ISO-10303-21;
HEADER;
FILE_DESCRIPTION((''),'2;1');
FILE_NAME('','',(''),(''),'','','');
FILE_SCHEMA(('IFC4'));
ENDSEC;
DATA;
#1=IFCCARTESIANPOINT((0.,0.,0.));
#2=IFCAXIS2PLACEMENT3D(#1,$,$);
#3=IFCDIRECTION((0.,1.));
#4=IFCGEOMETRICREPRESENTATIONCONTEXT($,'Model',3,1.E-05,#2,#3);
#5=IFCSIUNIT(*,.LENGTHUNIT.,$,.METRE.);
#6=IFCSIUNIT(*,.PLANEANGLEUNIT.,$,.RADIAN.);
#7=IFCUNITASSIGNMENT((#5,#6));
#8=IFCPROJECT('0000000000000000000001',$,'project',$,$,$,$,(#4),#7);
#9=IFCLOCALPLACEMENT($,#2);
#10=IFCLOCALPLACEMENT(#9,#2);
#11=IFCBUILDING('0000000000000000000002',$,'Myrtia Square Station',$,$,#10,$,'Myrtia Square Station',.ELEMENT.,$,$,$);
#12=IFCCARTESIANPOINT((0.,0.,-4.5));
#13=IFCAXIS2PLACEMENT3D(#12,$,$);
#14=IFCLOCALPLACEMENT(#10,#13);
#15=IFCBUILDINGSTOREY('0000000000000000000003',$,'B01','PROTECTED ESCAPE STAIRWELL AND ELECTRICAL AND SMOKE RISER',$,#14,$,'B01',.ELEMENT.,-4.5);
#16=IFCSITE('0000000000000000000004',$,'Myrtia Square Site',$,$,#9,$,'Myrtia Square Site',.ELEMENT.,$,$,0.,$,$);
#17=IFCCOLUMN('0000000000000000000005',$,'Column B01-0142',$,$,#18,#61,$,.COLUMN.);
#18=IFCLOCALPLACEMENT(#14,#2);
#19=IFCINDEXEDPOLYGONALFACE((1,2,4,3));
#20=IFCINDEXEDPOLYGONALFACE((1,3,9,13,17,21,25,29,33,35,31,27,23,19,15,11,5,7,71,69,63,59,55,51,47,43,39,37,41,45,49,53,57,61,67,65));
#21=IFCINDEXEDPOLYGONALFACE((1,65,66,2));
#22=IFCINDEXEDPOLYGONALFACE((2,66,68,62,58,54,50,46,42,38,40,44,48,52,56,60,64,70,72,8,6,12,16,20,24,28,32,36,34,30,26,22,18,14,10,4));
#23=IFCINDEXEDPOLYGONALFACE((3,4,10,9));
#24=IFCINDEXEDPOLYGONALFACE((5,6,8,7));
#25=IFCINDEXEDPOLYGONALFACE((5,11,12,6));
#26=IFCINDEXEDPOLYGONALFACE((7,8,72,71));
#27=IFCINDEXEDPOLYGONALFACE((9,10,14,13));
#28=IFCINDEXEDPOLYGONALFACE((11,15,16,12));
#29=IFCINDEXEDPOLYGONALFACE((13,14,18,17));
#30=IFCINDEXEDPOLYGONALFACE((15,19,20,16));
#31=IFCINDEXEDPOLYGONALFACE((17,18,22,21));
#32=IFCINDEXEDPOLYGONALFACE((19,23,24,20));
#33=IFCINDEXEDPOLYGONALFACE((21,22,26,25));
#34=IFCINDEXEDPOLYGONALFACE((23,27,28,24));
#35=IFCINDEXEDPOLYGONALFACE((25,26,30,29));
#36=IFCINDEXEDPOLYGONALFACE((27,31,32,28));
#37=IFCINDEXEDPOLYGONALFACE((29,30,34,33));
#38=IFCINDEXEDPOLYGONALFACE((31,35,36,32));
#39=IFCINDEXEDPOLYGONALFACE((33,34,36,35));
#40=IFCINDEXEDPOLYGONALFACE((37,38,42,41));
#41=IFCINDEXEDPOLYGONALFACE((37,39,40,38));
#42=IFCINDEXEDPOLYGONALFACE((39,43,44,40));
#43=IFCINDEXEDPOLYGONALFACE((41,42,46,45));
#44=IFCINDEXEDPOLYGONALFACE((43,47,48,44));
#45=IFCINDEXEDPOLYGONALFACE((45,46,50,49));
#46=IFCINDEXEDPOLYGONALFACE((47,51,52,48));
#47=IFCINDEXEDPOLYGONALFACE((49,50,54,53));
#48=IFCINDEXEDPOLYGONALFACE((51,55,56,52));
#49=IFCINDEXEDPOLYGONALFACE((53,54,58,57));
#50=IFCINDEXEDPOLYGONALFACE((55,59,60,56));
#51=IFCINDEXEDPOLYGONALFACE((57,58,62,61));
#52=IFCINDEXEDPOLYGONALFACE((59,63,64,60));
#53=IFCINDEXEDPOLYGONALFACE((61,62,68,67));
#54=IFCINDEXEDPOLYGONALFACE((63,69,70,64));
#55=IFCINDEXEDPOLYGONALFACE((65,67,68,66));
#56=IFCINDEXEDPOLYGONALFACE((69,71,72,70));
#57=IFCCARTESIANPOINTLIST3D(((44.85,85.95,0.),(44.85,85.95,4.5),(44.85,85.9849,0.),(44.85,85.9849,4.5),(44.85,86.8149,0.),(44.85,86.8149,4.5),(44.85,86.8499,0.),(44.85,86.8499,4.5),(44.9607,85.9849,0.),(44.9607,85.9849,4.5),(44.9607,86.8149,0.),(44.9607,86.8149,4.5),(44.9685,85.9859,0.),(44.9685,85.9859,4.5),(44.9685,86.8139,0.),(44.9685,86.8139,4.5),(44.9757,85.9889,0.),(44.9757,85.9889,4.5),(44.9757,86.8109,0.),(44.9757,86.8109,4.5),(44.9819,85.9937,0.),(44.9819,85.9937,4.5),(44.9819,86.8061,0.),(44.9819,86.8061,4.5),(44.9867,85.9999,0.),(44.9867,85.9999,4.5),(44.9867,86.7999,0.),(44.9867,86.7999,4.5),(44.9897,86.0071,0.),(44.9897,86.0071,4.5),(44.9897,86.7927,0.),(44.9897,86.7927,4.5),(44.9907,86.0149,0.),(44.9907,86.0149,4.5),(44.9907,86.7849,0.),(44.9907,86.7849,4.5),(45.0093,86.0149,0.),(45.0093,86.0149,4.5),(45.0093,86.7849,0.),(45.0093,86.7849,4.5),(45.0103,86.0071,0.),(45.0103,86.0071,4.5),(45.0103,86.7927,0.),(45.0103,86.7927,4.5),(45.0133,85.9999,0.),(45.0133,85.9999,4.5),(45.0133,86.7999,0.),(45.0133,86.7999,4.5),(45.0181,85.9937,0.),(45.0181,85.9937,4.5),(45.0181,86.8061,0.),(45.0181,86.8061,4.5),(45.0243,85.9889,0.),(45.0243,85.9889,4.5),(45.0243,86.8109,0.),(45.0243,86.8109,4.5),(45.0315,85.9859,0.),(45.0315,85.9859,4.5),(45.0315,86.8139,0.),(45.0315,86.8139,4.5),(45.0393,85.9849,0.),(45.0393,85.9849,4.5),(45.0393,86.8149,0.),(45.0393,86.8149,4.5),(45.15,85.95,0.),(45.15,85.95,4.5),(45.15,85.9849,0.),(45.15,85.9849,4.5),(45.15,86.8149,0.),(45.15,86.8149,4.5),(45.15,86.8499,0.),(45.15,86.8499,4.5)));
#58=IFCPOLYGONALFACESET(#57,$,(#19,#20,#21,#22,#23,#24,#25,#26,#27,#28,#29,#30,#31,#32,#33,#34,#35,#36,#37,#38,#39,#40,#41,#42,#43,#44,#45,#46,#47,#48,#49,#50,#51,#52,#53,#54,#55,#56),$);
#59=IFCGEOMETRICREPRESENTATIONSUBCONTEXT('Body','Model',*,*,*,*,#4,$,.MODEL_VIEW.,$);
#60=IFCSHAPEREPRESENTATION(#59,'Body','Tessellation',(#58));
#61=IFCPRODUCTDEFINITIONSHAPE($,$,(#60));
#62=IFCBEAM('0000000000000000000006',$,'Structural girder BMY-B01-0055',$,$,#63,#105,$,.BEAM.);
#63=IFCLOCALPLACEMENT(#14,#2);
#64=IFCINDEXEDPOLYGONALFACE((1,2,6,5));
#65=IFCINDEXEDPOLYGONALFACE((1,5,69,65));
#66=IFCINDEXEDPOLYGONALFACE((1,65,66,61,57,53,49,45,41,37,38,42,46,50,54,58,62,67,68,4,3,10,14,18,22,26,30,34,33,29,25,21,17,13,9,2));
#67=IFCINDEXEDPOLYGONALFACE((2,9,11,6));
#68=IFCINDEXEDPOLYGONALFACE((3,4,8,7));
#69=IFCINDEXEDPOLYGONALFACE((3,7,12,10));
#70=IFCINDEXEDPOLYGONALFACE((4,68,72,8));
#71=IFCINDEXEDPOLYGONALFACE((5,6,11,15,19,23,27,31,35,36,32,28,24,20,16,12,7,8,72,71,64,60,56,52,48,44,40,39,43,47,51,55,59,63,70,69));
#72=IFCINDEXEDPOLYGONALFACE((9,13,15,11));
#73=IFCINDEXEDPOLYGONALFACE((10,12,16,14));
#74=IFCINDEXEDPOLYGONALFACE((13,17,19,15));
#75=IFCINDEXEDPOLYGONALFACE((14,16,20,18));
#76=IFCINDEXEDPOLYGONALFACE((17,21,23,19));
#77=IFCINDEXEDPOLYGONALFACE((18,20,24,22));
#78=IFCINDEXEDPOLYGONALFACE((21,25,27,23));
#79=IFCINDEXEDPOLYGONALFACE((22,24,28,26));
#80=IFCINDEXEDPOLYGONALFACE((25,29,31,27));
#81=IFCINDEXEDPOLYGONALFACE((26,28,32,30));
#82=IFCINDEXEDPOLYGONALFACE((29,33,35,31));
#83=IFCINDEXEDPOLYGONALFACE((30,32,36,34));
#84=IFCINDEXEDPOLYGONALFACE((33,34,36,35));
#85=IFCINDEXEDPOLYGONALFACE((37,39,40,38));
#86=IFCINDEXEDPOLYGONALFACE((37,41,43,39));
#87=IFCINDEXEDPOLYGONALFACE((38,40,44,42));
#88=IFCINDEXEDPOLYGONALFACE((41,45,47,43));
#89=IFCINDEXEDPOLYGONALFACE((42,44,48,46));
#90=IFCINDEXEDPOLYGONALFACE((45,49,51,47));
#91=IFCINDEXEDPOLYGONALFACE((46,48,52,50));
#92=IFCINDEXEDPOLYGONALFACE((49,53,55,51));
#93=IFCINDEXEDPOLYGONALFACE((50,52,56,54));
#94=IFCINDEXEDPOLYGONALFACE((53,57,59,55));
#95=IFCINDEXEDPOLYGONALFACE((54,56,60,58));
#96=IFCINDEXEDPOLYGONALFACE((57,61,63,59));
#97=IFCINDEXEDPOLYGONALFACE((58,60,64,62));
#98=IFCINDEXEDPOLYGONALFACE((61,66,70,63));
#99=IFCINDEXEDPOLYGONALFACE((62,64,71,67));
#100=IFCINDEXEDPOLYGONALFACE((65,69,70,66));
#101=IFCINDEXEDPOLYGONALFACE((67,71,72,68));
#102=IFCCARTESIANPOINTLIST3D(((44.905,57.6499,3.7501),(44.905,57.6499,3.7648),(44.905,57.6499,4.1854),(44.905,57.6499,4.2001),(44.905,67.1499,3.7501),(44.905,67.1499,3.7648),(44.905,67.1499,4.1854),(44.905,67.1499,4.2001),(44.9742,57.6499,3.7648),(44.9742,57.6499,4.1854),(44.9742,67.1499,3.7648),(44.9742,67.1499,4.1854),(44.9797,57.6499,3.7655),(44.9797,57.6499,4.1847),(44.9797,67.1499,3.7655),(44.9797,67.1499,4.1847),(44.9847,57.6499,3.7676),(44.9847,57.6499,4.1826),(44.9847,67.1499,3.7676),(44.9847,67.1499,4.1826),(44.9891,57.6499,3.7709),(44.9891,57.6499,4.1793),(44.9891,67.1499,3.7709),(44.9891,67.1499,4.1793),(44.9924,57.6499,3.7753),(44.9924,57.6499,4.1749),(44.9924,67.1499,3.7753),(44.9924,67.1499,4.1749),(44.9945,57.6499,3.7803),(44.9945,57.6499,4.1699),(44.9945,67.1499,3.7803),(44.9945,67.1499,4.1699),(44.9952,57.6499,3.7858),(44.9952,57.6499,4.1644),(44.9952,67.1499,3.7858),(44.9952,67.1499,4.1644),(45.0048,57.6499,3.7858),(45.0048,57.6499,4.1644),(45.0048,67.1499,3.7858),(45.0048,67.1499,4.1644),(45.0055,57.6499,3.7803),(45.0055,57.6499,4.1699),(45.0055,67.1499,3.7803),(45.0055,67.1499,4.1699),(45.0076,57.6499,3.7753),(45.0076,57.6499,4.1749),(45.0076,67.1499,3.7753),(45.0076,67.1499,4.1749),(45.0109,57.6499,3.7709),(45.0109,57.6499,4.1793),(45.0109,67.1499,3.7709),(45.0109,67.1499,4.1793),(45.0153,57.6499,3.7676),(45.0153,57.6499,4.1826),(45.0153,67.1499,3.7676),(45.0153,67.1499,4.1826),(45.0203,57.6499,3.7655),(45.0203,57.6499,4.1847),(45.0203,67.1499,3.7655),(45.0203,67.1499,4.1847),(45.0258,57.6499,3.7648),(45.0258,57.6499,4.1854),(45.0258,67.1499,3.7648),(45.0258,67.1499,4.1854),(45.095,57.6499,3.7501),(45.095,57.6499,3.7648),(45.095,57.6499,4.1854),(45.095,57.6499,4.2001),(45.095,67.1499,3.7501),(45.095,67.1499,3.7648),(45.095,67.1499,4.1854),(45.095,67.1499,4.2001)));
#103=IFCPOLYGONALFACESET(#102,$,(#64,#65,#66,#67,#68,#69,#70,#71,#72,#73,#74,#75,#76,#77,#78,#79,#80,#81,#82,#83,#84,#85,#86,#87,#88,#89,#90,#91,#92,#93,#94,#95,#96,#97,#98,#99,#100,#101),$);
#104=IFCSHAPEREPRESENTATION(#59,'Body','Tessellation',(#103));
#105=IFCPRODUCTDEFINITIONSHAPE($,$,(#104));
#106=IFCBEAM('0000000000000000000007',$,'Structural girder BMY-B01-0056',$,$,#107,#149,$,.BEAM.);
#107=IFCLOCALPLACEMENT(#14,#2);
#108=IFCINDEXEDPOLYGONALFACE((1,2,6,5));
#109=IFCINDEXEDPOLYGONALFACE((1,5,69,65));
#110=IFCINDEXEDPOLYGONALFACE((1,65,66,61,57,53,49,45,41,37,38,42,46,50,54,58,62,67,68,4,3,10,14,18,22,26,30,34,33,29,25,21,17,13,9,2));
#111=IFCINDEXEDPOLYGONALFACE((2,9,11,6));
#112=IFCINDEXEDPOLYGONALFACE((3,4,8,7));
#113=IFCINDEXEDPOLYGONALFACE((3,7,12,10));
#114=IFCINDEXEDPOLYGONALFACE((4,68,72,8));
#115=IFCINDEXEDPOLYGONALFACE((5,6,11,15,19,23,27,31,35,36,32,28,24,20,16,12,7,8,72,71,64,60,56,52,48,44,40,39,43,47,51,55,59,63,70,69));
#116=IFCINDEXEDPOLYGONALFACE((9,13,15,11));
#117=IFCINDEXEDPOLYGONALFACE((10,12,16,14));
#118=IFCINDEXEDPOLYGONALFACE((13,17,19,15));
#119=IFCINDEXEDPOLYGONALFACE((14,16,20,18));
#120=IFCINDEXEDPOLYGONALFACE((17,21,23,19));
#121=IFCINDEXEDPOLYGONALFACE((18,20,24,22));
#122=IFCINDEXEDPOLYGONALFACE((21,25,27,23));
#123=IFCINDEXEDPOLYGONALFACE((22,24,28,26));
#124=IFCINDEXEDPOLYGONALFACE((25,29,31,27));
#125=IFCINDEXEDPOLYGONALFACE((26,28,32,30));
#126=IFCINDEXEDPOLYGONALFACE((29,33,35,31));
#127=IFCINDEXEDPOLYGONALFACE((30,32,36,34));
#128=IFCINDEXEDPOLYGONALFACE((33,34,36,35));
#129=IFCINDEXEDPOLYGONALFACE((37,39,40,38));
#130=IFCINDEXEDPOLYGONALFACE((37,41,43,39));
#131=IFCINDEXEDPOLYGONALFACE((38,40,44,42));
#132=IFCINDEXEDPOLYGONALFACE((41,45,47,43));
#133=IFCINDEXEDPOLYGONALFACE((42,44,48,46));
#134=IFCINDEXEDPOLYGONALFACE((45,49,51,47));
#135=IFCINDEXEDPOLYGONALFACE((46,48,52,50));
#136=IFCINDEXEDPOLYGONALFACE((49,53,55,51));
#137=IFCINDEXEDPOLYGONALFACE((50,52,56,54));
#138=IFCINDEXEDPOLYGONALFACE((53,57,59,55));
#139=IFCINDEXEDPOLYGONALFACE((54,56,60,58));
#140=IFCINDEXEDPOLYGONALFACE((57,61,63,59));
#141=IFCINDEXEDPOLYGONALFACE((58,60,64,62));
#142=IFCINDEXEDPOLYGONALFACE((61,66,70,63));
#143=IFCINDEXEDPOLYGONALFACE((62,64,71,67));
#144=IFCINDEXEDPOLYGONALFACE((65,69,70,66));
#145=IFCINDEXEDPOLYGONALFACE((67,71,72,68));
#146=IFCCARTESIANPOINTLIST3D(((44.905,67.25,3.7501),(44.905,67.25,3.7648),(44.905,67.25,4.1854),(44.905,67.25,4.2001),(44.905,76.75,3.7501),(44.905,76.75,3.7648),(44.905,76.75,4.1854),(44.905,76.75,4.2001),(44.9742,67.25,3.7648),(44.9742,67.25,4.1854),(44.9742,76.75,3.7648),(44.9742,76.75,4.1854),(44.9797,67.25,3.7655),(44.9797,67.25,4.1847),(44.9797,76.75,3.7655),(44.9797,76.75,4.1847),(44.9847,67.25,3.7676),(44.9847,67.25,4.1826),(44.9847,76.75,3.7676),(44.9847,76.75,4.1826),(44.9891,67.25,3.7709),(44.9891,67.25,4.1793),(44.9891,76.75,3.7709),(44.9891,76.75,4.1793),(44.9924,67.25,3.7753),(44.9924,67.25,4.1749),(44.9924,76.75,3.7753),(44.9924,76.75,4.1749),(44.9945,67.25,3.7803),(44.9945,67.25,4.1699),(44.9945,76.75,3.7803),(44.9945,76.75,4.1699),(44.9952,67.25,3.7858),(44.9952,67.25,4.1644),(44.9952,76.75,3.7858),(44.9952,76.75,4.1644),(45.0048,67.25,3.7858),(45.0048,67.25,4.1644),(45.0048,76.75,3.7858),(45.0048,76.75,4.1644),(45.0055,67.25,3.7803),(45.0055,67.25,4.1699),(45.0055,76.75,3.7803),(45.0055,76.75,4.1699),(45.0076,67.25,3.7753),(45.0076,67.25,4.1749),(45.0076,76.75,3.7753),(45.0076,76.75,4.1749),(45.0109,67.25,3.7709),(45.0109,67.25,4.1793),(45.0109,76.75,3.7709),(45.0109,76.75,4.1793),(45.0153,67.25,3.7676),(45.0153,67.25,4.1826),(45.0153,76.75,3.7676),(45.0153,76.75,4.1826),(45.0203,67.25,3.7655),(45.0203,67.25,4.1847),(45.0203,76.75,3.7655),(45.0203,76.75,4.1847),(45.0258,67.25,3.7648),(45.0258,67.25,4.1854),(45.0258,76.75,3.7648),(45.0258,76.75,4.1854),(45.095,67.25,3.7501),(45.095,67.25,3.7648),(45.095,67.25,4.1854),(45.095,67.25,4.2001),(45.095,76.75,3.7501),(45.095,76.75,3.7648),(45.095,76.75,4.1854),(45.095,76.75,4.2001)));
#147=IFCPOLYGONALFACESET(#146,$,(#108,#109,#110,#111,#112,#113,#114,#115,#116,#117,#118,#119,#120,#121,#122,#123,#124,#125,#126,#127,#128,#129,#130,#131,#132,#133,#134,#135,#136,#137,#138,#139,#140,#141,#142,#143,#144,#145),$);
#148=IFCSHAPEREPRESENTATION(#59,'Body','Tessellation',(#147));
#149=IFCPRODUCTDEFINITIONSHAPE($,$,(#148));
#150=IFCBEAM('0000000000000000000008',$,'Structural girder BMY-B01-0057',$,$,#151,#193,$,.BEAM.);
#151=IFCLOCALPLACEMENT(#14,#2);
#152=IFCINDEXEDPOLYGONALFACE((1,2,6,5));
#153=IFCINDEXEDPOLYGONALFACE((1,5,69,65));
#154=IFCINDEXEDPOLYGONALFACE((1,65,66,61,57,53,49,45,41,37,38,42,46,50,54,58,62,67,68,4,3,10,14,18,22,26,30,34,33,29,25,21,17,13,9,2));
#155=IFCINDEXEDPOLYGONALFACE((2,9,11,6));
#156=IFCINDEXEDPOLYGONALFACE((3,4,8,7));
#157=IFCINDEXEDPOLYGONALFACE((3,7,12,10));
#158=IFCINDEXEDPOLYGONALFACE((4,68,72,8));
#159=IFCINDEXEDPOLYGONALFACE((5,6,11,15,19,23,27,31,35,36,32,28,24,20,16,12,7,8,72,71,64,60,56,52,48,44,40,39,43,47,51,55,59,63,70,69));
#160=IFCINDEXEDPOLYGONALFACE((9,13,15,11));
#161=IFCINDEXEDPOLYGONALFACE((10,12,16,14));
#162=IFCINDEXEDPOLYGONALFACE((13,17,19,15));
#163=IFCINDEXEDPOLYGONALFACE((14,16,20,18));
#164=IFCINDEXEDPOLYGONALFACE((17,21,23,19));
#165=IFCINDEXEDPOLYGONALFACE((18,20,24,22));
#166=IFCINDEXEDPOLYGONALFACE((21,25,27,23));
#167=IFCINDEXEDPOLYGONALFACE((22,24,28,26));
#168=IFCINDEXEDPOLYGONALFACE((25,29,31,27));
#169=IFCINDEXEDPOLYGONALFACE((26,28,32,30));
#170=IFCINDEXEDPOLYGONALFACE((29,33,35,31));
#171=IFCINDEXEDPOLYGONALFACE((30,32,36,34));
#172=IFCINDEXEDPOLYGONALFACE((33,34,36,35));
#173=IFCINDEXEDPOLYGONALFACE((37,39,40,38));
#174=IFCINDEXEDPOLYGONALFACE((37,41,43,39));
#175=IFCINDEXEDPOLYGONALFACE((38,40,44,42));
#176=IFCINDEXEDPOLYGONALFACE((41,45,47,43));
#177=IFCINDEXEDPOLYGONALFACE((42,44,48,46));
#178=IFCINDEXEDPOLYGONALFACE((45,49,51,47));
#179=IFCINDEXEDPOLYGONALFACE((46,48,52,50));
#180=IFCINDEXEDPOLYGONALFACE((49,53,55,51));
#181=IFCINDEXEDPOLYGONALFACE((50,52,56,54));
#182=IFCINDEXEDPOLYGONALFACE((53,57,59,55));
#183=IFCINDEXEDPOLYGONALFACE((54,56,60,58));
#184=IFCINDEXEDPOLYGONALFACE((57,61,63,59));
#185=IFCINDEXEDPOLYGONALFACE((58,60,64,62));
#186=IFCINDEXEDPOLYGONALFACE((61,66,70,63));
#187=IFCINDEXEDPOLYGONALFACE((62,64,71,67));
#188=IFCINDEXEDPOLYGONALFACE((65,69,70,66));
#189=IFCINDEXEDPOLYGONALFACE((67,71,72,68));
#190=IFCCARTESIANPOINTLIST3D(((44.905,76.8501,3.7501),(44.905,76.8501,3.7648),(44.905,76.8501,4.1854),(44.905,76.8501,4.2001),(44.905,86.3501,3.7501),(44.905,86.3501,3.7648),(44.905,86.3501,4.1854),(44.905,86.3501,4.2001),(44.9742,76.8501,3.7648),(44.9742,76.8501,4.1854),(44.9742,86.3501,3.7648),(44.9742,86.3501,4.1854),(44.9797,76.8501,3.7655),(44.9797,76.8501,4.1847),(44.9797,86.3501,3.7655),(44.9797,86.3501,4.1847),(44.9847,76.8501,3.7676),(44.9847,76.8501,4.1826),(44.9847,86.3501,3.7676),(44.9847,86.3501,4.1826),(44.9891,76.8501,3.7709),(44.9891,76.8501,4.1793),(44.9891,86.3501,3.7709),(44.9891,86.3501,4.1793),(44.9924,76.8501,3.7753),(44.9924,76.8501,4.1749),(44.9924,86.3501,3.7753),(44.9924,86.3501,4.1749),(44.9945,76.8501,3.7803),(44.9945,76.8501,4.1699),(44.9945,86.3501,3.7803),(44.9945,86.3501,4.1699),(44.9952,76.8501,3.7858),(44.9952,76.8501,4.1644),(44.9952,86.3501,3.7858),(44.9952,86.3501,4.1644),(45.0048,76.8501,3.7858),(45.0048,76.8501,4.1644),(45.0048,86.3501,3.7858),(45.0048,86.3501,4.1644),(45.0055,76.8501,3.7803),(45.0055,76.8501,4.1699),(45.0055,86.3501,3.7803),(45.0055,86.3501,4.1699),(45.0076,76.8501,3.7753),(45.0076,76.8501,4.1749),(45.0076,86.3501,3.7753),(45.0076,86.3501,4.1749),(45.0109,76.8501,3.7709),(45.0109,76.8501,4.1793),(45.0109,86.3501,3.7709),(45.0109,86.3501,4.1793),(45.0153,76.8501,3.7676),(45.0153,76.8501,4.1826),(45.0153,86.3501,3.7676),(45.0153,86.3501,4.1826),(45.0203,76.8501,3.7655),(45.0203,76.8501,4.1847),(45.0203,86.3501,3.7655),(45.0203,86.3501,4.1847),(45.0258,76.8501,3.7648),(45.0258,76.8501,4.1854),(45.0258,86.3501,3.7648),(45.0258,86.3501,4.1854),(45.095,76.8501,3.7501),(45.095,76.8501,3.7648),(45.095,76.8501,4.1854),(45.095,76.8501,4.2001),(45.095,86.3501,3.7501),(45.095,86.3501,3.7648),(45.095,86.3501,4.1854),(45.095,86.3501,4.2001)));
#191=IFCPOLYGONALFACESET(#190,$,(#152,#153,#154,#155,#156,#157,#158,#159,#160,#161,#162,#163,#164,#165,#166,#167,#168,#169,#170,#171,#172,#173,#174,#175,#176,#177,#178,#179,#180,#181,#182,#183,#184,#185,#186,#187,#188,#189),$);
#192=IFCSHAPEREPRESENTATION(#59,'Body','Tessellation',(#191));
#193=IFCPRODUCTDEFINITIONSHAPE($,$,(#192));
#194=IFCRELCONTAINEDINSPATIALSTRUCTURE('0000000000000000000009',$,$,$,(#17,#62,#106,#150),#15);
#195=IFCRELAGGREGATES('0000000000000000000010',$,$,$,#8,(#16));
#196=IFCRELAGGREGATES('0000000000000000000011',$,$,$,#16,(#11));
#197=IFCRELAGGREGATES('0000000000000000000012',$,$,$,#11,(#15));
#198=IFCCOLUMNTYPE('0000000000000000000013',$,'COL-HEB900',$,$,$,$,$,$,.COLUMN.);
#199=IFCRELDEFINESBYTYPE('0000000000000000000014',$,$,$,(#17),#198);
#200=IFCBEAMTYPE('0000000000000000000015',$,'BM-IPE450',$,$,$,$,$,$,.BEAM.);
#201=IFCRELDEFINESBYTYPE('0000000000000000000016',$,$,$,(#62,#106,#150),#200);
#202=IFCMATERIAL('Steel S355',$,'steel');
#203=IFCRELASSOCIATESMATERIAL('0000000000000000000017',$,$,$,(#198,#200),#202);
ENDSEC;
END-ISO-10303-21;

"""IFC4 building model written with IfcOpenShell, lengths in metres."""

from ifc_helpers import new_model, si_unit, direction, frame, origin, origin_2d, place, context, subcontext, project, spatial, i_section, extrude, material, material_profile, profile_set, type_object, element, save


model = new_model("IFC4")

# Units and contexts
model_context = context("Model", 3, precision=1e-05, world=origin(), true_north=direction((0.0, 1.0)))
body_context = subcontext(model_context, "Body", "Model", "MODEL_VIEW")
ifc_project = project(units=[si_unit("LENGTHUNIT", "METRE"), si_unit("PLANEANGLEUNIT", "RADIAN")], contexts=[model_context])

# Site, building, storey
site_placement = place(None, origin())
site = spatial("IfcSite", under=ifc_project, at=site_placement, Name="Myrtia Square Site", LongName="Myrtia Square Site", CompositionType="ELEMENT", RefElevation=0.0)
building_placement = place(site_placement, origin())
building = spatial("IfcBuilding", under=site, at=building_placement, Name="Myrtia Square Station", LongName="Myrtia Square Station", CompositionType="ELEMENT")
storey_placement = place(building_placement, frame((0.0, 0.0, -4.5)))
storey = spatial("IfcBuildingStorey", under=building, at=storey_placement, Name="B01", Description="PROTECTED ESCAPE STAIRWELL AND ELECTRICAL AND SMOKE RISER", LongName="B01", CompositionType="ELEMENT", Elevation=-4.5)

# Column
ifc_material_1 = material(Name="Steel S355", Category="steel")
ifc_material_profile_1 = material_profile(ifc_material_1, i_section(OverallWidth=0.3, OverallDepth=0.8999, WebThickness=0.0186, FlangeThickness=0.0349, FilletRadius=0.03, at=origin_2d()), Name="HEB 900")
ifc_profile_set_1 = profile_set([ifc_material_profile_1], Name="Steel S355")
column_type_1 = type_object("IfcColumnType", Name="COL-HEB900", PredefinedType="COLUMN", material=ifc_profile_set_1)
for number, where, z_axis, x_axis, name in (
    (1, (45.0, 86.3999, 0.0), (0.0, 0.0, 1.0), (1.0, 0.0, 0.0), "Column B01-0142"),
):
    element("IfcColumn", number, at=place(storey_placement, frame(where, z_axis=z_axis, x_axis=x_axis)), inside=storey, type_object=column_type_1, Name=name, PredefinedType="COLUMN", context=body_context, shape_type="SweptSolid", body=[
        extrude(i_section(OverallWidth=0.3, OverallDepth=0.8999, WebThickness=0.0186, FlangeThickness=0.0349, FilletRadius=0.03, at=origin_2d()), origin(), (0.0, 0.0, 1.0), 4.5),
    ])

# Beams
ifc_material_profile_2 = material_profile(ifc_material_1, i_section(OverallWidth=0.1899, OverallDepth=0.45, WebThickness=0.0095, FlangeThickness=0.0146, FilletRadius=0.021, at=origin_2d()), Name="IPE 450")
ifc_profile_set_2 = profile_set([ifc_material_profile_2], Name="Steel S355")
beam_type_1 = type_object("IfcBeamType", Name="BM-IPE450", PredefinedType="BEAM", material=ifc_profile_set_2)
for number, where, z_axis, x_axis, name in (
    (2, (45.0, 57.6499, 3.9751), (0.0, 1.0, 0.0), (-1.0, 0.0, 0.0), "Structural girder BMY-B01-0055"),
    (3, (45.0, 67.25, 3.9751), (0.0, 1.0, 0.0), (-1.0, 0.0, 0.0), "Structural girder BMY-B01-0056"),
    (4, (45.0, 76.8501, 3.9751), (0.0, 1.0, 0.0), (-1.0, 0.0, 0.0), "Structural girder BMY-B01-0057"),
):
    element("IfcBeam", number, at=place(storey_placement, frame(where, z_axis=z_axis, x_axis=x_axis)), inside=storey, type_object=beam_type_1, Name=name, PredefinedType="BEAM", context=body_context, shape_type="SweptSolid", body=[
        extrude(i_section(OverallWidth=0.1899, OverallDepth=0.45, WebThickness=0.0095, FlangeThickness=0.0146, FilletRadius=0.021, at=origin_2d()), origin(), (0.0, 0.0, 1.0), 9.5),
    ])

save(model, "model.ifc")
